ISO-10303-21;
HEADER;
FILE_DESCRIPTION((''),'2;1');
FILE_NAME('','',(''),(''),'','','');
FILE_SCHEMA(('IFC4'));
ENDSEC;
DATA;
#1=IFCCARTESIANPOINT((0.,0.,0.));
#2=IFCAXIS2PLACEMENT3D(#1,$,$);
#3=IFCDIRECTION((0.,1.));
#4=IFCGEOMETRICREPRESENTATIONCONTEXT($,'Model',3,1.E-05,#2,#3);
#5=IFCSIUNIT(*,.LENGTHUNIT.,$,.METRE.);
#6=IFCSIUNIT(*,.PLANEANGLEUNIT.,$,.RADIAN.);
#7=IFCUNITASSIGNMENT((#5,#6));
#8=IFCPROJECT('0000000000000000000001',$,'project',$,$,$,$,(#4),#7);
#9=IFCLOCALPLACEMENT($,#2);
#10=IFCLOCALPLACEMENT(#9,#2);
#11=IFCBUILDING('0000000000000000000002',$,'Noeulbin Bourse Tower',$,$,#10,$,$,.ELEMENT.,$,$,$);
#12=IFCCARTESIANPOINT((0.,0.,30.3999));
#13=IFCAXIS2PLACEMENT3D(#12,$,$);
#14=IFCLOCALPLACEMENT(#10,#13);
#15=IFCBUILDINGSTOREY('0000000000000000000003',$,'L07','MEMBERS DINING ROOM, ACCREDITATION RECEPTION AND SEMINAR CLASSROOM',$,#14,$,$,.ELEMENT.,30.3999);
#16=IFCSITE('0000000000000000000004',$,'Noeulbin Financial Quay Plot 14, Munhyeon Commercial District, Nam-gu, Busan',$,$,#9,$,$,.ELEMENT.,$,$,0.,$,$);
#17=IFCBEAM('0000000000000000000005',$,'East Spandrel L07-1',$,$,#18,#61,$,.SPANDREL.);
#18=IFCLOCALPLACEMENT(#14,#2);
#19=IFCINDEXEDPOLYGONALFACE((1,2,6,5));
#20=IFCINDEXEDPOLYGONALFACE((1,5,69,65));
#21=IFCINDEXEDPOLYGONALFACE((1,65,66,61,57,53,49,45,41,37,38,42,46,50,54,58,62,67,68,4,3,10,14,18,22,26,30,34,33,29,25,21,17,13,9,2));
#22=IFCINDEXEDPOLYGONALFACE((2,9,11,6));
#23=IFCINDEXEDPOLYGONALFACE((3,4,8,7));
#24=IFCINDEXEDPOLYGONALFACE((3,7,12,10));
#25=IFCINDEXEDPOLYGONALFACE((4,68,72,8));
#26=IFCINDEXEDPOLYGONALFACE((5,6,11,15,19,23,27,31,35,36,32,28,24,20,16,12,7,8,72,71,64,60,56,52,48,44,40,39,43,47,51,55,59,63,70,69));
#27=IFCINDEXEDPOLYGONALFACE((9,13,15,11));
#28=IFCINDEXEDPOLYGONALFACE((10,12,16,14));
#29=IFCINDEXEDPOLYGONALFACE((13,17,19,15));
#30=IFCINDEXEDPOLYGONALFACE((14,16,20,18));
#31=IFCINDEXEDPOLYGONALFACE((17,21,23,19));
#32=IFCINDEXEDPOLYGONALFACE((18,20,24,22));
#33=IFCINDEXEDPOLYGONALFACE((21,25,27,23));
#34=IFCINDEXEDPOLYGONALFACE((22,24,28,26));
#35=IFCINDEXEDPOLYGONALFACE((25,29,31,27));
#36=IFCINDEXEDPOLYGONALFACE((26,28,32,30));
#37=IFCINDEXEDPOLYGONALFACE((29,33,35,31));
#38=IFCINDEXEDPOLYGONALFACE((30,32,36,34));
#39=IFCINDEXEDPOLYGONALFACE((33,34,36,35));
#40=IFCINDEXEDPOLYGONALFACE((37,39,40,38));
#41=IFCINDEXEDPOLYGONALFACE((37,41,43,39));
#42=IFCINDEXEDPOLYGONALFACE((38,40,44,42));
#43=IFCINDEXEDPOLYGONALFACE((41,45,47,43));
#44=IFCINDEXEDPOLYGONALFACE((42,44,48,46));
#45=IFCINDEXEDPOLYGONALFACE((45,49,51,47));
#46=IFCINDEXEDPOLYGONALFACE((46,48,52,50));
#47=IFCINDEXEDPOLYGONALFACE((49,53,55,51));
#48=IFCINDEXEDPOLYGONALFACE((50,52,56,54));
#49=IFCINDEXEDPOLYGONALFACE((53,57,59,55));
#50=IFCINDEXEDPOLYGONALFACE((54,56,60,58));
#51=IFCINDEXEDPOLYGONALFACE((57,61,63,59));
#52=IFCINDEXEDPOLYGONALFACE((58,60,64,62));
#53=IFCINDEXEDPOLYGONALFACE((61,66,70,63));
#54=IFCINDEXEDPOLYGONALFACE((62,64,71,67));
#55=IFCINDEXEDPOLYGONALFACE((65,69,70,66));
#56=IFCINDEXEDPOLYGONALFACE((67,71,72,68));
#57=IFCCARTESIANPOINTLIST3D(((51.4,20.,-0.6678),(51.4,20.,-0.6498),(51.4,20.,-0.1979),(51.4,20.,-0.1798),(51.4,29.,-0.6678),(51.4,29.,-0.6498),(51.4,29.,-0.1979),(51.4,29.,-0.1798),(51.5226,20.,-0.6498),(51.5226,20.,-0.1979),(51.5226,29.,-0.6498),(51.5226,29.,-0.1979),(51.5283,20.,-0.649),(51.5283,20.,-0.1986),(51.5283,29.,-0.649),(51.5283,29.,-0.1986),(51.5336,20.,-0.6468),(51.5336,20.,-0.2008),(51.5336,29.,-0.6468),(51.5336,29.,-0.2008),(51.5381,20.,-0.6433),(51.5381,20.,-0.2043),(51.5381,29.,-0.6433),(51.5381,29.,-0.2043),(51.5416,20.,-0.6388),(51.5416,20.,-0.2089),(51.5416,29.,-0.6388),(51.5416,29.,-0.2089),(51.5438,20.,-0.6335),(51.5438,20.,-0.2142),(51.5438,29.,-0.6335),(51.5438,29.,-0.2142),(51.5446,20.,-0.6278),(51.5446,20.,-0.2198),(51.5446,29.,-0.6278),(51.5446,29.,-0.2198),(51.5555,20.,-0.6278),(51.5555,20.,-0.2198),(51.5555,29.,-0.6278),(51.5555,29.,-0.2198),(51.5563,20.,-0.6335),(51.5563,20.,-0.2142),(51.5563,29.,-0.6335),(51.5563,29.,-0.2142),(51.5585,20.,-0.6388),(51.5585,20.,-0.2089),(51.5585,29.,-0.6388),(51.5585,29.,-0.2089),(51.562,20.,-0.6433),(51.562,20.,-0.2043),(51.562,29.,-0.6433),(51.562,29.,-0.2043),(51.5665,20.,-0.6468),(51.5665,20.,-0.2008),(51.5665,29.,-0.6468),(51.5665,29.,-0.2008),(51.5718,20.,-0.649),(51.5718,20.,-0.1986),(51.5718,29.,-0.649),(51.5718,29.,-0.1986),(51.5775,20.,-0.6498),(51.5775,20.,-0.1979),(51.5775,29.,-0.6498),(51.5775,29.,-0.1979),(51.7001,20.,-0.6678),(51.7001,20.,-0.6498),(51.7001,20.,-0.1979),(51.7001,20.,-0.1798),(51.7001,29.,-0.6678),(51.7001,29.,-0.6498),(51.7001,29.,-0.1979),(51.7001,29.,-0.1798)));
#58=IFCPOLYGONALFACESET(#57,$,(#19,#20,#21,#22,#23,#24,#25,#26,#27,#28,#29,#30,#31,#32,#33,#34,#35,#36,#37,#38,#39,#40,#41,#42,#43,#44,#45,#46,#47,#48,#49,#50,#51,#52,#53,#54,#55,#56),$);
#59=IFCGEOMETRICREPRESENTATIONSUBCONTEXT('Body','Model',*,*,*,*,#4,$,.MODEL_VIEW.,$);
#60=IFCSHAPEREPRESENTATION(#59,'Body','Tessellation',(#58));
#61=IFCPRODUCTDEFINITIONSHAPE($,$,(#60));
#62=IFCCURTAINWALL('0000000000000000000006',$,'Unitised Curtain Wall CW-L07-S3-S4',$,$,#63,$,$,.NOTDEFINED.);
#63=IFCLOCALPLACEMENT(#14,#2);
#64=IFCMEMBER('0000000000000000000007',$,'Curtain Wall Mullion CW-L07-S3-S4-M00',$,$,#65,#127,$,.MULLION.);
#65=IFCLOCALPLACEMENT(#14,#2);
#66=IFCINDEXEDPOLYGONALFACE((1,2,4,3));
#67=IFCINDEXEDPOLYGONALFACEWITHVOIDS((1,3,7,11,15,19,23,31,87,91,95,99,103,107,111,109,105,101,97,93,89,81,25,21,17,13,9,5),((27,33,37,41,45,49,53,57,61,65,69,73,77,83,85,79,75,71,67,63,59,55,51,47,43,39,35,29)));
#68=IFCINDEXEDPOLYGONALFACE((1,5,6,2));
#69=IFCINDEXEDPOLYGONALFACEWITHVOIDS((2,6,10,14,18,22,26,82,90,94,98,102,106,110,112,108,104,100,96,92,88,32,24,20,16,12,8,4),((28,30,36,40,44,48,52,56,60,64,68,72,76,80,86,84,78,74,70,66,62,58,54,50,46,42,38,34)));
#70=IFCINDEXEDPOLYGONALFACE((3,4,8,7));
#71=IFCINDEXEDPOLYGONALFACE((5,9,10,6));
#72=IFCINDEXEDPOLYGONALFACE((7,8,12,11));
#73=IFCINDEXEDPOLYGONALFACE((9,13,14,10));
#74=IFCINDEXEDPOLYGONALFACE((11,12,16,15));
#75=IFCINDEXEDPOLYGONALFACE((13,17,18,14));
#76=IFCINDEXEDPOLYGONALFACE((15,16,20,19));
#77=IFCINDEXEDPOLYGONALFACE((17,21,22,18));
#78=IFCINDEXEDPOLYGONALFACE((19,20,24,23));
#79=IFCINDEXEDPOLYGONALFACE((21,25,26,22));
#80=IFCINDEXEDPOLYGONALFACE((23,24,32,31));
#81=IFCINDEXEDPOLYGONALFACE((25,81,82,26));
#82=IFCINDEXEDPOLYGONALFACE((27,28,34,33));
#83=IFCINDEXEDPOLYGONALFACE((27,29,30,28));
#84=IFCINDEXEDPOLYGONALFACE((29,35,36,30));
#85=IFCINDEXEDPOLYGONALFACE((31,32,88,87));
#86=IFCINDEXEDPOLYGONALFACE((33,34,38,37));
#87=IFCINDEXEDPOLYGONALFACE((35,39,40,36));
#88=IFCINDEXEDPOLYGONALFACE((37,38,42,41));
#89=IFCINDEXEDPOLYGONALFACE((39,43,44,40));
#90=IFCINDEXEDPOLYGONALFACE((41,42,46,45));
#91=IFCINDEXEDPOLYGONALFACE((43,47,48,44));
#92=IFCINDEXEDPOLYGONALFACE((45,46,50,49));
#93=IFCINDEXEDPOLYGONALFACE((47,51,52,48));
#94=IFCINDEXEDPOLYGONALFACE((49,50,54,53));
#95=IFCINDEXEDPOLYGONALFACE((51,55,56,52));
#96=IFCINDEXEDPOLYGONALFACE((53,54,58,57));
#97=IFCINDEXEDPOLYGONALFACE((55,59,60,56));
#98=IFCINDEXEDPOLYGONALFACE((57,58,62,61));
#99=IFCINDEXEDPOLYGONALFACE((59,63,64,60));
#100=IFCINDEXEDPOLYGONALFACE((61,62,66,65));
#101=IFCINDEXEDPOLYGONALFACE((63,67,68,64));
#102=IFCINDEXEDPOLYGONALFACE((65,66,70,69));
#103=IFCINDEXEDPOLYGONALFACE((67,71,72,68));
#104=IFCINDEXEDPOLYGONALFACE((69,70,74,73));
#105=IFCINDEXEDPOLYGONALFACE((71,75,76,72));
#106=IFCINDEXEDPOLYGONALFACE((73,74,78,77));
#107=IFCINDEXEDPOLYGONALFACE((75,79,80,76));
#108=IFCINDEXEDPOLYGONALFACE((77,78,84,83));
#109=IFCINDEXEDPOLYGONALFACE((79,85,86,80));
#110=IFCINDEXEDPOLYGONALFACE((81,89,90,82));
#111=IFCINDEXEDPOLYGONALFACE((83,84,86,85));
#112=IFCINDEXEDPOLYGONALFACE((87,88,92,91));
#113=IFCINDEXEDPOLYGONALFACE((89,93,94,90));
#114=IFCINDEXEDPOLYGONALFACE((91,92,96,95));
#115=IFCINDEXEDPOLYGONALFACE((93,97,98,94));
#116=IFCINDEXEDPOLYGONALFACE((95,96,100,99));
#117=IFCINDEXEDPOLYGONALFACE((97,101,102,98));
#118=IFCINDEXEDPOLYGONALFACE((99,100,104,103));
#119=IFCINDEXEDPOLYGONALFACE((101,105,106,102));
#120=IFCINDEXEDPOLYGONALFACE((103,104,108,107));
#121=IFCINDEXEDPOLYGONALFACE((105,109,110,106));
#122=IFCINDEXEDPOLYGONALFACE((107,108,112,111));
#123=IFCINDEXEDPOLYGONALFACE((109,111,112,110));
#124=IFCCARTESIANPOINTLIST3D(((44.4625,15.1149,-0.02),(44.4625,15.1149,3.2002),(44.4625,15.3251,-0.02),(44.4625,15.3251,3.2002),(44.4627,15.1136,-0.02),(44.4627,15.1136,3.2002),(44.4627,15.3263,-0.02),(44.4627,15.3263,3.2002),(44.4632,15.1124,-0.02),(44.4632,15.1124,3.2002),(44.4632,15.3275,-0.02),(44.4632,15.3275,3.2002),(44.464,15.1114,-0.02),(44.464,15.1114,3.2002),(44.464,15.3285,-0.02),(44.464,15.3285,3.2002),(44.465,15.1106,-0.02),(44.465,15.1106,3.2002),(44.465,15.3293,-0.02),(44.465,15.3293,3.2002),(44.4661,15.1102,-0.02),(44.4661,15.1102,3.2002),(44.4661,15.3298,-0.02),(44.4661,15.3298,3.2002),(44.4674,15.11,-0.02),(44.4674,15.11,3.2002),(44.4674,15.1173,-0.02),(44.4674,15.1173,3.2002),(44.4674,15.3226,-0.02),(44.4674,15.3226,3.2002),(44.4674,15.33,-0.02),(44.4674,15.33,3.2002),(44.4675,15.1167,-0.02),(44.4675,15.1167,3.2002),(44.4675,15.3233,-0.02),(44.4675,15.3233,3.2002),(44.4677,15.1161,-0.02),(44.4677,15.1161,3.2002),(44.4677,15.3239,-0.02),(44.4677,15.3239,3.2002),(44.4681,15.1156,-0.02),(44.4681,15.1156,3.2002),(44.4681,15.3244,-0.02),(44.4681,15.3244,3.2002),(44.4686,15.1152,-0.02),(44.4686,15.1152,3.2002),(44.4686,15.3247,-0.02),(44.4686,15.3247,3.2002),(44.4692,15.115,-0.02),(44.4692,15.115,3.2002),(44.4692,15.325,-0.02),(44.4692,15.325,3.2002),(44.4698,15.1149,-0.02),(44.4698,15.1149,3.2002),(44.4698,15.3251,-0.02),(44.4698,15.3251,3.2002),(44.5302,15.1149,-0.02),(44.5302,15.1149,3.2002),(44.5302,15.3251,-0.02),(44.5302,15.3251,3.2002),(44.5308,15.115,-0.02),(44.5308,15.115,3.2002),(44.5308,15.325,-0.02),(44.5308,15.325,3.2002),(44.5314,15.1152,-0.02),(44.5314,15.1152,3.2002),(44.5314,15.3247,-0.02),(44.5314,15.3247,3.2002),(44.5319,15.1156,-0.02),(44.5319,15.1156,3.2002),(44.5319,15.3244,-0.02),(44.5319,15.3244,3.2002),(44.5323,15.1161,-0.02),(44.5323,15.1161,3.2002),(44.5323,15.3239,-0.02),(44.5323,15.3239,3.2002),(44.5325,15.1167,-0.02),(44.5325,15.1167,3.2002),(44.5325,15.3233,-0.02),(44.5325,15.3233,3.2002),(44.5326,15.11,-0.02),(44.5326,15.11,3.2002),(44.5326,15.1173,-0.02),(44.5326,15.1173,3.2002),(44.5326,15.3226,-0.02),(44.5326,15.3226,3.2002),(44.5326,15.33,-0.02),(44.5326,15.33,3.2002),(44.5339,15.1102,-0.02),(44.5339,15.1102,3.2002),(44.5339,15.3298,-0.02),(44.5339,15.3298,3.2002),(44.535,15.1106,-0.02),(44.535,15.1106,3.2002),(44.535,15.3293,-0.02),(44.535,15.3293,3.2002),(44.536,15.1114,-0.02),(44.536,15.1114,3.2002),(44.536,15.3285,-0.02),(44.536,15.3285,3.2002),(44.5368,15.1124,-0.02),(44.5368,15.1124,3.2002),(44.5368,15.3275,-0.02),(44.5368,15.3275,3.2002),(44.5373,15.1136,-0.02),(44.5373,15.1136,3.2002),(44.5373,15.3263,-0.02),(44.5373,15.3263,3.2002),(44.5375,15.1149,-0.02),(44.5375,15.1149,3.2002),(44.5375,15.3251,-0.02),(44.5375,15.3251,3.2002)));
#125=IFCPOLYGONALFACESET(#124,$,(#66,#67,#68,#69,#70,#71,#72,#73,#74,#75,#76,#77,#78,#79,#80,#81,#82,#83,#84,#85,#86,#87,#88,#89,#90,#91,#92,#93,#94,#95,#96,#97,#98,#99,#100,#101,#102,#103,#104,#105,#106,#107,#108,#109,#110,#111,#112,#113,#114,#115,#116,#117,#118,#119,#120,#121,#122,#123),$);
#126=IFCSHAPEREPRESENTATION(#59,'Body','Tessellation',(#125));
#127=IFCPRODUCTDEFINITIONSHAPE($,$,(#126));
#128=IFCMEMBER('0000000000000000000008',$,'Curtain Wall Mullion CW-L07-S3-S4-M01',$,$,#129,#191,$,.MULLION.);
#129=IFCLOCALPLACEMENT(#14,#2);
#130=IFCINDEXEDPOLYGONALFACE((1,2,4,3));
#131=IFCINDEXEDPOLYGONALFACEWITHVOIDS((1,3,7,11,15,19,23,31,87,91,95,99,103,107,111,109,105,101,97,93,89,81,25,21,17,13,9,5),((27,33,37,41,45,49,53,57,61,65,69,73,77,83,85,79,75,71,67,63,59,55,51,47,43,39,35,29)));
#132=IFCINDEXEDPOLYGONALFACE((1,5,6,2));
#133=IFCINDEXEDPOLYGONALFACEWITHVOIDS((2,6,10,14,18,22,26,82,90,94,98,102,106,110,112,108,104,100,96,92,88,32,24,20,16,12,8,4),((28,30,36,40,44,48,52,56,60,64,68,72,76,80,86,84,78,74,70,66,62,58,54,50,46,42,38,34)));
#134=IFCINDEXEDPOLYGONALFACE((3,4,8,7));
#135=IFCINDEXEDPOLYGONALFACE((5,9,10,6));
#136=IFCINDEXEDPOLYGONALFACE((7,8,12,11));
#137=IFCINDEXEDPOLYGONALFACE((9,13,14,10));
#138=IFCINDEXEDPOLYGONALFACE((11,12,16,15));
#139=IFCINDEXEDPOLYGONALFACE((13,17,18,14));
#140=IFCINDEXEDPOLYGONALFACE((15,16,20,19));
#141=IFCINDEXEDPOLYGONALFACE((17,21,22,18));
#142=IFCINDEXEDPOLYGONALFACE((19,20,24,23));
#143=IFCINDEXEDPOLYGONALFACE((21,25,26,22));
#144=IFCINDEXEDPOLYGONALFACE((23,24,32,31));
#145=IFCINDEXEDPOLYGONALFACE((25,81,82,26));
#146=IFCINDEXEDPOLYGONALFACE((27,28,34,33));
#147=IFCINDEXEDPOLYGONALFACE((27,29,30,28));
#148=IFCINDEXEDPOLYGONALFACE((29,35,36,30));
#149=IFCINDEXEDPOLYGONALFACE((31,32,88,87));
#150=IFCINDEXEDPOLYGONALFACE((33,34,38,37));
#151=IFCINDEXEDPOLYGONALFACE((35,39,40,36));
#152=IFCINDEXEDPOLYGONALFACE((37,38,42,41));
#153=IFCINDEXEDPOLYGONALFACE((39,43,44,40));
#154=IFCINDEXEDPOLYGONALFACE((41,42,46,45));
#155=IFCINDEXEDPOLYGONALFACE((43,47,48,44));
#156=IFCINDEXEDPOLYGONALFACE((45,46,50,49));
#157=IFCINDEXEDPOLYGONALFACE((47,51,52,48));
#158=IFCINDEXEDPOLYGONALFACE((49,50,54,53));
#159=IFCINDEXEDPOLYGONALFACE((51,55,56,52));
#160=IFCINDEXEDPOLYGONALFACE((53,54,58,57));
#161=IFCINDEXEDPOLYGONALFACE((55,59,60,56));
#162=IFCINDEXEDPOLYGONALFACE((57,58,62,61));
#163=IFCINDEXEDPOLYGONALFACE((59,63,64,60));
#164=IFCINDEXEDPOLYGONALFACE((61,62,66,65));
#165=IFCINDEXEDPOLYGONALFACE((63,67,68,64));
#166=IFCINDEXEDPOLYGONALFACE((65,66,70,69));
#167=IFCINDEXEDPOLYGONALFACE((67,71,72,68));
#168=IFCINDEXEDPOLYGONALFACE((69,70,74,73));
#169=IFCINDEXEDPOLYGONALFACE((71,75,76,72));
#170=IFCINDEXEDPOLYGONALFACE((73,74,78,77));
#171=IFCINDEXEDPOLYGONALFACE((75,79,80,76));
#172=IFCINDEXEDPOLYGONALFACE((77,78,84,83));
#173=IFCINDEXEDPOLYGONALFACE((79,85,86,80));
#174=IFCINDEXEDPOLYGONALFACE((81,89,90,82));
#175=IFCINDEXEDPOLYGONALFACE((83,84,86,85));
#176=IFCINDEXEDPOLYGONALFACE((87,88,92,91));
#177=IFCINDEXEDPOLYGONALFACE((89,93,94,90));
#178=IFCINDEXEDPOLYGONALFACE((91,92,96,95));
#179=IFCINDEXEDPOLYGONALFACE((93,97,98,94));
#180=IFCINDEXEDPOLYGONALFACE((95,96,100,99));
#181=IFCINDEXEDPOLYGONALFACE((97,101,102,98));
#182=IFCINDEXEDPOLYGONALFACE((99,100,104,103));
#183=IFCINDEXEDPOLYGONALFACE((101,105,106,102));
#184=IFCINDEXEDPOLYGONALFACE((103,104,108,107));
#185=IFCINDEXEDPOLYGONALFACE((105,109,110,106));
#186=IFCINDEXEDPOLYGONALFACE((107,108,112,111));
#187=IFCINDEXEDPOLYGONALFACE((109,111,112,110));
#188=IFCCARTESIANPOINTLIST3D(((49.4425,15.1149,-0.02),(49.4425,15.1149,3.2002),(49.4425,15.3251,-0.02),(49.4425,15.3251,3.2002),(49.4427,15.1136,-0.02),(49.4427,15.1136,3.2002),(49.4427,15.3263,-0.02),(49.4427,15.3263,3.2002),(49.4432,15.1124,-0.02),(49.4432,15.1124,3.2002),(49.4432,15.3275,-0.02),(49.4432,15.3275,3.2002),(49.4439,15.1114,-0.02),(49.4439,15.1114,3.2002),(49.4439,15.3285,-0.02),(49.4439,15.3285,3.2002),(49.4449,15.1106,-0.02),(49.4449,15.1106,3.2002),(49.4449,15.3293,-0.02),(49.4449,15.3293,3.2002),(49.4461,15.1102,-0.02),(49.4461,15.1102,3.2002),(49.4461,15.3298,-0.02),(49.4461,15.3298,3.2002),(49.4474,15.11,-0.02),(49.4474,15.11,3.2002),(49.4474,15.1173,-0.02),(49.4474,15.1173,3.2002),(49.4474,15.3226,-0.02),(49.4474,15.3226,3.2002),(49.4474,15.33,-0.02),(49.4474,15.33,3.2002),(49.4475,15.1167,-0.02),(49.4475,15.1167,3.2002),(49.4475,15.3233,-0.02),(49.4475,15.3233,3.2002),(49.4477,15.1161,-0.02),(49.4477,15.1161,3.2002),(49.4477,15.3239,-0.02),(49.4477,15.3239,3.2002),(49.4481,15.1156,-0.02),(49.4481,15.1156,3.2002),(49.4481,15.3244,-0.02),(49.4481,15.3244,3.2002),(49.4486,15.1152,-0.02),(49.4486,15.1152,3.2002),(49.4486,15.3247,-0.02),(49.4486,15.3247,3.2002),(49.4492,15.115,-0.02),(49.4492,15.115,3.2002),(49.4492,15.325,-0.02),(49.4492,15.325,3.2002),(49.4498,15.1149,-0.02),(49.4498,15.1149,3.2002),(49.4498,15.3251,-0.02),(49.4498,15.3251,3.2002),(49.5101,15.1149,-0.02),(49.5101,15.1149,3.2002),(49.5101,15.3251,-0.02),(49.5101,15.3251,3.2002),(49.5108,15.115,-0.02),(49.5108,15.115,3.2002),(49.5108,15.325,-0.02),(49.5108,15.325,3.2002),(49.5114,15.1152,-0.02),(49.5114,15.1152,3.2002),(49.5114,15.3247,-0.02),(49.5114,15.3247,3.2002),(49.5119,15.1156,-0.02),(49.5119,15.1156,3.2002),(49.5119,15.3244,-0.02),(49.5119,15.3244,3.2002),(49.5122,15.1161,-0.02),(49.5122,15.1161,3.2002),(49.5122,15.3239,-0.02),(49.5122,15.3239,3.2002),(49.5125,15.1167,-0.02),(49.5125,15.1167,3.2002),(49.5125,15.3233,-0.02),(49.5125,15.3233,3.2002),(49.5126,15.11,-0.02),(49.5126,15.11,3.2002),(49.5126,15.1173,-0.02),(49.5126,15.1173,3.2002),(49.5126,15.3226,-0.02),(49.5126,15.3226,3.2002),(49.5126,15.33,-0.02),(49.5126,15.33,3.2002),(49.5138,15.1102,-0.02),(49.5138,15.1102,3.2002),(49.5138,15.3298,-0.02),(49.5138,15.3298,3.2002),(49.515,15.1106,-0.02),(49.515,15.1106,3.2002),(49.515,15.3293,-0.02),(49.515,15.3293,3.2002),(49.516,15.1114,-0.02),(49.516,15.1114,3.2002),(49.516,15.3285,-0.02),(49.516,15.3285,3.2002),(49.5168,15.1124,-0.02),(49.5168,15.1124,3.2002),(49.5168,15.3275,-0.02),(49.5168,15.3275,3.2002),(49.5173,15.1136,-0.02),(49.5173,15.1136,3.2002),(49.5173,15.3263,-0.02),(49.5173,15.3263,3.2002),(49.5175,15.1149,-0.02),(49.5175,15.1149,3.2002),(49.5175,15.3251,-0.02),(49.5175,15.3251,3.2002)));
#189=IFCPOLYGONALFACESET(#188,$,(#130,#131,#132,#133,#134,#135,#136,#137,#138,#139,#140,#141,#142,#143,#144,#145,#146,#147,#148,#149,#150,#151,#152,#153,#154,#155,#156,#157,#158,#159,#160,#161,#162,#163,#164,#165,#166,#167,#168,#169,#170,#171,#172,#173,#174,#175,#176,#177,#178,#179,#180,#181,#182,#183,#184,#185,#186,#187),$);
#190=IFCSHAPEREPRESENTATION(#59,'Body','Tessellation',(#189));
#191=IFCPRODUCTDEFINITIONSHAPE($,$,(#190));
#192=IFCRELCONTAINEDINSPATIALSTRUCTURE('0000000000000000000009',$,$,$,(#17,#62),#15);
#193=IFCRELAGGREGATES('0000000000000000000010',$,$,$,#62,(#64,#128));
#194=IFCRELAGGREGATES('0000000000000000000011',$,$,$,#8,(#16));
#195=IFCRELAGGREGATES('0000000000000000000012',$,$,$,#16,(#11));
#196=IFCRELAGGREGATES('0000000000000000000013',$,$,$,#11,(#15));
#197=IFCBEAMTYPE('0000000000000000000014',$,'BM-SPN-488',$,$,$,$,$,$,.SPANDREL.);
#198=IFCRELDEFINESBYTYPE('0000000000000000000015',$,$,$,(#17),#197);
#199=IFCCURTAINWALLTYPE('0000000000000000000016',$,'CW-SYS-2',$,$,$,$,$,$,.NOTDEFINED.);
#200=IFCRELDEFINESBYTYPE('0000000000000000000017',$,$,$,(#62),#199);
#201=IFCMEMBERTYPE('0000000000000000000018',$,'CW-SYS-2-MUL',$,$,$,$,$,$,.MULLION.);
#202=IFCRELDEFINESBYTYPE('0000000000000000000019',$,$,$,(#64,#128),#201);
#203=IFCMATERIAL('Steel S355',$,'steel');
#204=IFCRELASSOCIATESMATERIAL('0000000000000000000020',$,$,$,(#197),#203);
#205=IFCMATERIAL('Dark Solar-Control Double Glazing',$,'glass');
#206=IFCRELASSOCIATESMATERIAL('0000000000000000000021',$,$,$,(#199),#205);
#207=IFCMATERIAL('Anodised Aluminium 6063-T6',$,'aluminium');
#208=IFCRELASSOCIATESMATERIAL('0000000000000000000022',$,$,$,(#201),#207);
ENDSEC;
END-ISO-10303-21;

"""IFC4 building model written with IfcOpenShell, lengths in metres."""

from ifc_helpers import new_model, si_unit, direction, frame, origin, origin_2d, place, context, subcontext, project, spatial, hollow_rectangle, i_section, extrude, material, material_profile, profile_set, type_object, element, aggregate, save


model = new_model("IFC4")

# Units and contexts
model_context = context("Model", 3, precision=1e-05, world=origin(), true_north=direction((0.0, 1.0)))
body_context = subcontext(model_context, "Body", "Model", "MODEL_VIEW")
ifc_project = project(units=[si_unit("LENGTHUNIT", "METRE"), si_unit("PLANEANGLEUNIT", "RADIAN")], contexts=[model_context])

# Site, building, storey
site_placement = place(None, origin())
site = spatial("IfcSite", under=ifc_project, at=site_placement, Name="Noeulbin Financial Quay Plot 14, Munhyeon Commercial District, Nam-gu, Busan", CompositionType="ELEMENT", RefElevation=0.0)
building_placement = place(site_placement, origin())
building = spatial("IfcBuilding", under=site, at=building_placement, Name="Noeulbin Bourse Tower", CompositionType="ELEMENT")
storey_placement = place(building_placement, frame((0.0, 0.0, 30.3999)))
storey = spatial("IfcBuildingStorey", under=building, at=storey_placement, Name="L07", Description="MEMBERS DINING ROOM, ACCREDITATION RECEPTION AND SEMINAR CLASSROOM", CompositionType="ELEMENT", Elevation=30.3999)

# Beam
ifc_material_1 = material(Name="Steel S355", Category="steel")
ifc_material_profile_1 = material_profile(ifc_material_1, i_section(OverallWidth=0.3, OverallDepth=0.488, WebThickness=0.011, FlangeThickness=0.0181, FilletRadius=0.022, at=origin_2d()), Name="H-488x300x11x18", Category="LoadBearing")
ifc_profile_set_1 = profile_set([ifc_material_profile_1], Name="Steel S355")
beam_type_1 = type_object("IfcBeamType", Name="BM-SPN-488", PredefinedType="SPANDREL", material=ifc_profile_set_1)
beam_placement = place(storey_placement, frame((51.55, 20.0, -0.4238), z_axis=(0.0, 1.0, 0.0), x_axis=(-1.0, 0.0, 0.0)))
element("IfcBeam", 1, at=beam_placement, inside=storey, type_object=beam_type_1, Name="East Spandrel L07-1", PredefinedType="SPANDREL", context=body_context, shape_type="SweptSolid", body=[
    extrude(i_section(OverallWidth=0.3, OverallDepth=0.488, WebThickness=0.011, FlangeThickness=0.0181, FilletRadius=0.022, at=origin_2d()), origin(), (0.0, 0.0, 1.0), 9.0),
])

# Curtain wall, members
ifc_material_2 = material(Name="Dark Solar-Control Double Glazing", Category="glass")
curtain_wall_type = type_object("IfcCurtainWallType", Name="CW-SYS-2", PredefinedType="NOTDEFINED", material=ifc_material_2)
curtain_wall_1_placement = place(storey_placement, origin())
curtain_wall_1 = element("IfcCurtainWall", 2, at=curtain_wall_1_placement, inside=storey, type_object=curtain_wall_type, Name="Unitised Curtain Wall CW-L07-S3-S4", PredefinedType="NOTDEFINED")
ifc_material_3 = material(Name="Anodised Aluminium 6063-T6", Category="aluminium")
ifc_material_profile_2 = material_profile(ifc_material_3, hollow_rectangle(XDim=0.075, YDim=0.22, WallThickness=0.0049, InnerFilletRadius=0.0024, OuterFilletRadius=0.0049, at=origin_2d()), Name="ALU-MULL-75x220x5", Category="LoadBearing")
ifc_profile_set_2 = profile_set([ifc_material_profile_2], Name="Anodised Aluminium 6063-T6")
member_type_1 = type_object("IfcMemberType", Name="CW-SYS-2-MUL", PredefinedType="MULLION", material=ifc_profile_set_2)
member_1_placement = place(storey_placement, frame((44.5, 15.22, -0.02), z_axis=(0.0, 0.0, 1.0), x_axis=(1.0, 0.0, 0.0)))
member_1 = element("IfcMember", 3, at=member_1_placement, type_object=member_type_1, Name="Curtain Wall Mullion CW-L07-S3-S4-M00", PredefinedType="MULLION", context=body_context, shape_type="SweptSolid", body=[
    extrude(hollow_rectangle(XDim=0.075, YDim=0.22, WallThickness=0.0049, InnerFilletRadius=0.0024, OuterFilletRadius=0.0049, at=origin_2d()), origin(), (0.0, 0.0, 1.0), 3.2202),
])
member_2_placement = place(storey_placement, frame((49.48, 15.22, -0.02), z_axis=(0.0, 0.0, 1.0), x_axis=(1.0, 0.0, 0.0)))
member_2 = element("IfcMember", 4, at=member_2_placement, type_object=member_type_1, Name="Curtain Wall Mullion CW-L07-S3-S4-M01", PredefinedType="MULLION", context=body_context, shape_type="SweptSolid", body=[
    extrude(hollow_rectangle(XDim=0.075, YDim=0.22, WallThickness=0.0049, InnerFilletRadius=0.0024, OuterFilletRadius=0.0049, at=origin_2d()), origin(), (0.0, 0.0, 1.0), 3.2202),
])

aggregate(curtain_wall_1, [member_1, member_2])

save(model, "model.ifc")
